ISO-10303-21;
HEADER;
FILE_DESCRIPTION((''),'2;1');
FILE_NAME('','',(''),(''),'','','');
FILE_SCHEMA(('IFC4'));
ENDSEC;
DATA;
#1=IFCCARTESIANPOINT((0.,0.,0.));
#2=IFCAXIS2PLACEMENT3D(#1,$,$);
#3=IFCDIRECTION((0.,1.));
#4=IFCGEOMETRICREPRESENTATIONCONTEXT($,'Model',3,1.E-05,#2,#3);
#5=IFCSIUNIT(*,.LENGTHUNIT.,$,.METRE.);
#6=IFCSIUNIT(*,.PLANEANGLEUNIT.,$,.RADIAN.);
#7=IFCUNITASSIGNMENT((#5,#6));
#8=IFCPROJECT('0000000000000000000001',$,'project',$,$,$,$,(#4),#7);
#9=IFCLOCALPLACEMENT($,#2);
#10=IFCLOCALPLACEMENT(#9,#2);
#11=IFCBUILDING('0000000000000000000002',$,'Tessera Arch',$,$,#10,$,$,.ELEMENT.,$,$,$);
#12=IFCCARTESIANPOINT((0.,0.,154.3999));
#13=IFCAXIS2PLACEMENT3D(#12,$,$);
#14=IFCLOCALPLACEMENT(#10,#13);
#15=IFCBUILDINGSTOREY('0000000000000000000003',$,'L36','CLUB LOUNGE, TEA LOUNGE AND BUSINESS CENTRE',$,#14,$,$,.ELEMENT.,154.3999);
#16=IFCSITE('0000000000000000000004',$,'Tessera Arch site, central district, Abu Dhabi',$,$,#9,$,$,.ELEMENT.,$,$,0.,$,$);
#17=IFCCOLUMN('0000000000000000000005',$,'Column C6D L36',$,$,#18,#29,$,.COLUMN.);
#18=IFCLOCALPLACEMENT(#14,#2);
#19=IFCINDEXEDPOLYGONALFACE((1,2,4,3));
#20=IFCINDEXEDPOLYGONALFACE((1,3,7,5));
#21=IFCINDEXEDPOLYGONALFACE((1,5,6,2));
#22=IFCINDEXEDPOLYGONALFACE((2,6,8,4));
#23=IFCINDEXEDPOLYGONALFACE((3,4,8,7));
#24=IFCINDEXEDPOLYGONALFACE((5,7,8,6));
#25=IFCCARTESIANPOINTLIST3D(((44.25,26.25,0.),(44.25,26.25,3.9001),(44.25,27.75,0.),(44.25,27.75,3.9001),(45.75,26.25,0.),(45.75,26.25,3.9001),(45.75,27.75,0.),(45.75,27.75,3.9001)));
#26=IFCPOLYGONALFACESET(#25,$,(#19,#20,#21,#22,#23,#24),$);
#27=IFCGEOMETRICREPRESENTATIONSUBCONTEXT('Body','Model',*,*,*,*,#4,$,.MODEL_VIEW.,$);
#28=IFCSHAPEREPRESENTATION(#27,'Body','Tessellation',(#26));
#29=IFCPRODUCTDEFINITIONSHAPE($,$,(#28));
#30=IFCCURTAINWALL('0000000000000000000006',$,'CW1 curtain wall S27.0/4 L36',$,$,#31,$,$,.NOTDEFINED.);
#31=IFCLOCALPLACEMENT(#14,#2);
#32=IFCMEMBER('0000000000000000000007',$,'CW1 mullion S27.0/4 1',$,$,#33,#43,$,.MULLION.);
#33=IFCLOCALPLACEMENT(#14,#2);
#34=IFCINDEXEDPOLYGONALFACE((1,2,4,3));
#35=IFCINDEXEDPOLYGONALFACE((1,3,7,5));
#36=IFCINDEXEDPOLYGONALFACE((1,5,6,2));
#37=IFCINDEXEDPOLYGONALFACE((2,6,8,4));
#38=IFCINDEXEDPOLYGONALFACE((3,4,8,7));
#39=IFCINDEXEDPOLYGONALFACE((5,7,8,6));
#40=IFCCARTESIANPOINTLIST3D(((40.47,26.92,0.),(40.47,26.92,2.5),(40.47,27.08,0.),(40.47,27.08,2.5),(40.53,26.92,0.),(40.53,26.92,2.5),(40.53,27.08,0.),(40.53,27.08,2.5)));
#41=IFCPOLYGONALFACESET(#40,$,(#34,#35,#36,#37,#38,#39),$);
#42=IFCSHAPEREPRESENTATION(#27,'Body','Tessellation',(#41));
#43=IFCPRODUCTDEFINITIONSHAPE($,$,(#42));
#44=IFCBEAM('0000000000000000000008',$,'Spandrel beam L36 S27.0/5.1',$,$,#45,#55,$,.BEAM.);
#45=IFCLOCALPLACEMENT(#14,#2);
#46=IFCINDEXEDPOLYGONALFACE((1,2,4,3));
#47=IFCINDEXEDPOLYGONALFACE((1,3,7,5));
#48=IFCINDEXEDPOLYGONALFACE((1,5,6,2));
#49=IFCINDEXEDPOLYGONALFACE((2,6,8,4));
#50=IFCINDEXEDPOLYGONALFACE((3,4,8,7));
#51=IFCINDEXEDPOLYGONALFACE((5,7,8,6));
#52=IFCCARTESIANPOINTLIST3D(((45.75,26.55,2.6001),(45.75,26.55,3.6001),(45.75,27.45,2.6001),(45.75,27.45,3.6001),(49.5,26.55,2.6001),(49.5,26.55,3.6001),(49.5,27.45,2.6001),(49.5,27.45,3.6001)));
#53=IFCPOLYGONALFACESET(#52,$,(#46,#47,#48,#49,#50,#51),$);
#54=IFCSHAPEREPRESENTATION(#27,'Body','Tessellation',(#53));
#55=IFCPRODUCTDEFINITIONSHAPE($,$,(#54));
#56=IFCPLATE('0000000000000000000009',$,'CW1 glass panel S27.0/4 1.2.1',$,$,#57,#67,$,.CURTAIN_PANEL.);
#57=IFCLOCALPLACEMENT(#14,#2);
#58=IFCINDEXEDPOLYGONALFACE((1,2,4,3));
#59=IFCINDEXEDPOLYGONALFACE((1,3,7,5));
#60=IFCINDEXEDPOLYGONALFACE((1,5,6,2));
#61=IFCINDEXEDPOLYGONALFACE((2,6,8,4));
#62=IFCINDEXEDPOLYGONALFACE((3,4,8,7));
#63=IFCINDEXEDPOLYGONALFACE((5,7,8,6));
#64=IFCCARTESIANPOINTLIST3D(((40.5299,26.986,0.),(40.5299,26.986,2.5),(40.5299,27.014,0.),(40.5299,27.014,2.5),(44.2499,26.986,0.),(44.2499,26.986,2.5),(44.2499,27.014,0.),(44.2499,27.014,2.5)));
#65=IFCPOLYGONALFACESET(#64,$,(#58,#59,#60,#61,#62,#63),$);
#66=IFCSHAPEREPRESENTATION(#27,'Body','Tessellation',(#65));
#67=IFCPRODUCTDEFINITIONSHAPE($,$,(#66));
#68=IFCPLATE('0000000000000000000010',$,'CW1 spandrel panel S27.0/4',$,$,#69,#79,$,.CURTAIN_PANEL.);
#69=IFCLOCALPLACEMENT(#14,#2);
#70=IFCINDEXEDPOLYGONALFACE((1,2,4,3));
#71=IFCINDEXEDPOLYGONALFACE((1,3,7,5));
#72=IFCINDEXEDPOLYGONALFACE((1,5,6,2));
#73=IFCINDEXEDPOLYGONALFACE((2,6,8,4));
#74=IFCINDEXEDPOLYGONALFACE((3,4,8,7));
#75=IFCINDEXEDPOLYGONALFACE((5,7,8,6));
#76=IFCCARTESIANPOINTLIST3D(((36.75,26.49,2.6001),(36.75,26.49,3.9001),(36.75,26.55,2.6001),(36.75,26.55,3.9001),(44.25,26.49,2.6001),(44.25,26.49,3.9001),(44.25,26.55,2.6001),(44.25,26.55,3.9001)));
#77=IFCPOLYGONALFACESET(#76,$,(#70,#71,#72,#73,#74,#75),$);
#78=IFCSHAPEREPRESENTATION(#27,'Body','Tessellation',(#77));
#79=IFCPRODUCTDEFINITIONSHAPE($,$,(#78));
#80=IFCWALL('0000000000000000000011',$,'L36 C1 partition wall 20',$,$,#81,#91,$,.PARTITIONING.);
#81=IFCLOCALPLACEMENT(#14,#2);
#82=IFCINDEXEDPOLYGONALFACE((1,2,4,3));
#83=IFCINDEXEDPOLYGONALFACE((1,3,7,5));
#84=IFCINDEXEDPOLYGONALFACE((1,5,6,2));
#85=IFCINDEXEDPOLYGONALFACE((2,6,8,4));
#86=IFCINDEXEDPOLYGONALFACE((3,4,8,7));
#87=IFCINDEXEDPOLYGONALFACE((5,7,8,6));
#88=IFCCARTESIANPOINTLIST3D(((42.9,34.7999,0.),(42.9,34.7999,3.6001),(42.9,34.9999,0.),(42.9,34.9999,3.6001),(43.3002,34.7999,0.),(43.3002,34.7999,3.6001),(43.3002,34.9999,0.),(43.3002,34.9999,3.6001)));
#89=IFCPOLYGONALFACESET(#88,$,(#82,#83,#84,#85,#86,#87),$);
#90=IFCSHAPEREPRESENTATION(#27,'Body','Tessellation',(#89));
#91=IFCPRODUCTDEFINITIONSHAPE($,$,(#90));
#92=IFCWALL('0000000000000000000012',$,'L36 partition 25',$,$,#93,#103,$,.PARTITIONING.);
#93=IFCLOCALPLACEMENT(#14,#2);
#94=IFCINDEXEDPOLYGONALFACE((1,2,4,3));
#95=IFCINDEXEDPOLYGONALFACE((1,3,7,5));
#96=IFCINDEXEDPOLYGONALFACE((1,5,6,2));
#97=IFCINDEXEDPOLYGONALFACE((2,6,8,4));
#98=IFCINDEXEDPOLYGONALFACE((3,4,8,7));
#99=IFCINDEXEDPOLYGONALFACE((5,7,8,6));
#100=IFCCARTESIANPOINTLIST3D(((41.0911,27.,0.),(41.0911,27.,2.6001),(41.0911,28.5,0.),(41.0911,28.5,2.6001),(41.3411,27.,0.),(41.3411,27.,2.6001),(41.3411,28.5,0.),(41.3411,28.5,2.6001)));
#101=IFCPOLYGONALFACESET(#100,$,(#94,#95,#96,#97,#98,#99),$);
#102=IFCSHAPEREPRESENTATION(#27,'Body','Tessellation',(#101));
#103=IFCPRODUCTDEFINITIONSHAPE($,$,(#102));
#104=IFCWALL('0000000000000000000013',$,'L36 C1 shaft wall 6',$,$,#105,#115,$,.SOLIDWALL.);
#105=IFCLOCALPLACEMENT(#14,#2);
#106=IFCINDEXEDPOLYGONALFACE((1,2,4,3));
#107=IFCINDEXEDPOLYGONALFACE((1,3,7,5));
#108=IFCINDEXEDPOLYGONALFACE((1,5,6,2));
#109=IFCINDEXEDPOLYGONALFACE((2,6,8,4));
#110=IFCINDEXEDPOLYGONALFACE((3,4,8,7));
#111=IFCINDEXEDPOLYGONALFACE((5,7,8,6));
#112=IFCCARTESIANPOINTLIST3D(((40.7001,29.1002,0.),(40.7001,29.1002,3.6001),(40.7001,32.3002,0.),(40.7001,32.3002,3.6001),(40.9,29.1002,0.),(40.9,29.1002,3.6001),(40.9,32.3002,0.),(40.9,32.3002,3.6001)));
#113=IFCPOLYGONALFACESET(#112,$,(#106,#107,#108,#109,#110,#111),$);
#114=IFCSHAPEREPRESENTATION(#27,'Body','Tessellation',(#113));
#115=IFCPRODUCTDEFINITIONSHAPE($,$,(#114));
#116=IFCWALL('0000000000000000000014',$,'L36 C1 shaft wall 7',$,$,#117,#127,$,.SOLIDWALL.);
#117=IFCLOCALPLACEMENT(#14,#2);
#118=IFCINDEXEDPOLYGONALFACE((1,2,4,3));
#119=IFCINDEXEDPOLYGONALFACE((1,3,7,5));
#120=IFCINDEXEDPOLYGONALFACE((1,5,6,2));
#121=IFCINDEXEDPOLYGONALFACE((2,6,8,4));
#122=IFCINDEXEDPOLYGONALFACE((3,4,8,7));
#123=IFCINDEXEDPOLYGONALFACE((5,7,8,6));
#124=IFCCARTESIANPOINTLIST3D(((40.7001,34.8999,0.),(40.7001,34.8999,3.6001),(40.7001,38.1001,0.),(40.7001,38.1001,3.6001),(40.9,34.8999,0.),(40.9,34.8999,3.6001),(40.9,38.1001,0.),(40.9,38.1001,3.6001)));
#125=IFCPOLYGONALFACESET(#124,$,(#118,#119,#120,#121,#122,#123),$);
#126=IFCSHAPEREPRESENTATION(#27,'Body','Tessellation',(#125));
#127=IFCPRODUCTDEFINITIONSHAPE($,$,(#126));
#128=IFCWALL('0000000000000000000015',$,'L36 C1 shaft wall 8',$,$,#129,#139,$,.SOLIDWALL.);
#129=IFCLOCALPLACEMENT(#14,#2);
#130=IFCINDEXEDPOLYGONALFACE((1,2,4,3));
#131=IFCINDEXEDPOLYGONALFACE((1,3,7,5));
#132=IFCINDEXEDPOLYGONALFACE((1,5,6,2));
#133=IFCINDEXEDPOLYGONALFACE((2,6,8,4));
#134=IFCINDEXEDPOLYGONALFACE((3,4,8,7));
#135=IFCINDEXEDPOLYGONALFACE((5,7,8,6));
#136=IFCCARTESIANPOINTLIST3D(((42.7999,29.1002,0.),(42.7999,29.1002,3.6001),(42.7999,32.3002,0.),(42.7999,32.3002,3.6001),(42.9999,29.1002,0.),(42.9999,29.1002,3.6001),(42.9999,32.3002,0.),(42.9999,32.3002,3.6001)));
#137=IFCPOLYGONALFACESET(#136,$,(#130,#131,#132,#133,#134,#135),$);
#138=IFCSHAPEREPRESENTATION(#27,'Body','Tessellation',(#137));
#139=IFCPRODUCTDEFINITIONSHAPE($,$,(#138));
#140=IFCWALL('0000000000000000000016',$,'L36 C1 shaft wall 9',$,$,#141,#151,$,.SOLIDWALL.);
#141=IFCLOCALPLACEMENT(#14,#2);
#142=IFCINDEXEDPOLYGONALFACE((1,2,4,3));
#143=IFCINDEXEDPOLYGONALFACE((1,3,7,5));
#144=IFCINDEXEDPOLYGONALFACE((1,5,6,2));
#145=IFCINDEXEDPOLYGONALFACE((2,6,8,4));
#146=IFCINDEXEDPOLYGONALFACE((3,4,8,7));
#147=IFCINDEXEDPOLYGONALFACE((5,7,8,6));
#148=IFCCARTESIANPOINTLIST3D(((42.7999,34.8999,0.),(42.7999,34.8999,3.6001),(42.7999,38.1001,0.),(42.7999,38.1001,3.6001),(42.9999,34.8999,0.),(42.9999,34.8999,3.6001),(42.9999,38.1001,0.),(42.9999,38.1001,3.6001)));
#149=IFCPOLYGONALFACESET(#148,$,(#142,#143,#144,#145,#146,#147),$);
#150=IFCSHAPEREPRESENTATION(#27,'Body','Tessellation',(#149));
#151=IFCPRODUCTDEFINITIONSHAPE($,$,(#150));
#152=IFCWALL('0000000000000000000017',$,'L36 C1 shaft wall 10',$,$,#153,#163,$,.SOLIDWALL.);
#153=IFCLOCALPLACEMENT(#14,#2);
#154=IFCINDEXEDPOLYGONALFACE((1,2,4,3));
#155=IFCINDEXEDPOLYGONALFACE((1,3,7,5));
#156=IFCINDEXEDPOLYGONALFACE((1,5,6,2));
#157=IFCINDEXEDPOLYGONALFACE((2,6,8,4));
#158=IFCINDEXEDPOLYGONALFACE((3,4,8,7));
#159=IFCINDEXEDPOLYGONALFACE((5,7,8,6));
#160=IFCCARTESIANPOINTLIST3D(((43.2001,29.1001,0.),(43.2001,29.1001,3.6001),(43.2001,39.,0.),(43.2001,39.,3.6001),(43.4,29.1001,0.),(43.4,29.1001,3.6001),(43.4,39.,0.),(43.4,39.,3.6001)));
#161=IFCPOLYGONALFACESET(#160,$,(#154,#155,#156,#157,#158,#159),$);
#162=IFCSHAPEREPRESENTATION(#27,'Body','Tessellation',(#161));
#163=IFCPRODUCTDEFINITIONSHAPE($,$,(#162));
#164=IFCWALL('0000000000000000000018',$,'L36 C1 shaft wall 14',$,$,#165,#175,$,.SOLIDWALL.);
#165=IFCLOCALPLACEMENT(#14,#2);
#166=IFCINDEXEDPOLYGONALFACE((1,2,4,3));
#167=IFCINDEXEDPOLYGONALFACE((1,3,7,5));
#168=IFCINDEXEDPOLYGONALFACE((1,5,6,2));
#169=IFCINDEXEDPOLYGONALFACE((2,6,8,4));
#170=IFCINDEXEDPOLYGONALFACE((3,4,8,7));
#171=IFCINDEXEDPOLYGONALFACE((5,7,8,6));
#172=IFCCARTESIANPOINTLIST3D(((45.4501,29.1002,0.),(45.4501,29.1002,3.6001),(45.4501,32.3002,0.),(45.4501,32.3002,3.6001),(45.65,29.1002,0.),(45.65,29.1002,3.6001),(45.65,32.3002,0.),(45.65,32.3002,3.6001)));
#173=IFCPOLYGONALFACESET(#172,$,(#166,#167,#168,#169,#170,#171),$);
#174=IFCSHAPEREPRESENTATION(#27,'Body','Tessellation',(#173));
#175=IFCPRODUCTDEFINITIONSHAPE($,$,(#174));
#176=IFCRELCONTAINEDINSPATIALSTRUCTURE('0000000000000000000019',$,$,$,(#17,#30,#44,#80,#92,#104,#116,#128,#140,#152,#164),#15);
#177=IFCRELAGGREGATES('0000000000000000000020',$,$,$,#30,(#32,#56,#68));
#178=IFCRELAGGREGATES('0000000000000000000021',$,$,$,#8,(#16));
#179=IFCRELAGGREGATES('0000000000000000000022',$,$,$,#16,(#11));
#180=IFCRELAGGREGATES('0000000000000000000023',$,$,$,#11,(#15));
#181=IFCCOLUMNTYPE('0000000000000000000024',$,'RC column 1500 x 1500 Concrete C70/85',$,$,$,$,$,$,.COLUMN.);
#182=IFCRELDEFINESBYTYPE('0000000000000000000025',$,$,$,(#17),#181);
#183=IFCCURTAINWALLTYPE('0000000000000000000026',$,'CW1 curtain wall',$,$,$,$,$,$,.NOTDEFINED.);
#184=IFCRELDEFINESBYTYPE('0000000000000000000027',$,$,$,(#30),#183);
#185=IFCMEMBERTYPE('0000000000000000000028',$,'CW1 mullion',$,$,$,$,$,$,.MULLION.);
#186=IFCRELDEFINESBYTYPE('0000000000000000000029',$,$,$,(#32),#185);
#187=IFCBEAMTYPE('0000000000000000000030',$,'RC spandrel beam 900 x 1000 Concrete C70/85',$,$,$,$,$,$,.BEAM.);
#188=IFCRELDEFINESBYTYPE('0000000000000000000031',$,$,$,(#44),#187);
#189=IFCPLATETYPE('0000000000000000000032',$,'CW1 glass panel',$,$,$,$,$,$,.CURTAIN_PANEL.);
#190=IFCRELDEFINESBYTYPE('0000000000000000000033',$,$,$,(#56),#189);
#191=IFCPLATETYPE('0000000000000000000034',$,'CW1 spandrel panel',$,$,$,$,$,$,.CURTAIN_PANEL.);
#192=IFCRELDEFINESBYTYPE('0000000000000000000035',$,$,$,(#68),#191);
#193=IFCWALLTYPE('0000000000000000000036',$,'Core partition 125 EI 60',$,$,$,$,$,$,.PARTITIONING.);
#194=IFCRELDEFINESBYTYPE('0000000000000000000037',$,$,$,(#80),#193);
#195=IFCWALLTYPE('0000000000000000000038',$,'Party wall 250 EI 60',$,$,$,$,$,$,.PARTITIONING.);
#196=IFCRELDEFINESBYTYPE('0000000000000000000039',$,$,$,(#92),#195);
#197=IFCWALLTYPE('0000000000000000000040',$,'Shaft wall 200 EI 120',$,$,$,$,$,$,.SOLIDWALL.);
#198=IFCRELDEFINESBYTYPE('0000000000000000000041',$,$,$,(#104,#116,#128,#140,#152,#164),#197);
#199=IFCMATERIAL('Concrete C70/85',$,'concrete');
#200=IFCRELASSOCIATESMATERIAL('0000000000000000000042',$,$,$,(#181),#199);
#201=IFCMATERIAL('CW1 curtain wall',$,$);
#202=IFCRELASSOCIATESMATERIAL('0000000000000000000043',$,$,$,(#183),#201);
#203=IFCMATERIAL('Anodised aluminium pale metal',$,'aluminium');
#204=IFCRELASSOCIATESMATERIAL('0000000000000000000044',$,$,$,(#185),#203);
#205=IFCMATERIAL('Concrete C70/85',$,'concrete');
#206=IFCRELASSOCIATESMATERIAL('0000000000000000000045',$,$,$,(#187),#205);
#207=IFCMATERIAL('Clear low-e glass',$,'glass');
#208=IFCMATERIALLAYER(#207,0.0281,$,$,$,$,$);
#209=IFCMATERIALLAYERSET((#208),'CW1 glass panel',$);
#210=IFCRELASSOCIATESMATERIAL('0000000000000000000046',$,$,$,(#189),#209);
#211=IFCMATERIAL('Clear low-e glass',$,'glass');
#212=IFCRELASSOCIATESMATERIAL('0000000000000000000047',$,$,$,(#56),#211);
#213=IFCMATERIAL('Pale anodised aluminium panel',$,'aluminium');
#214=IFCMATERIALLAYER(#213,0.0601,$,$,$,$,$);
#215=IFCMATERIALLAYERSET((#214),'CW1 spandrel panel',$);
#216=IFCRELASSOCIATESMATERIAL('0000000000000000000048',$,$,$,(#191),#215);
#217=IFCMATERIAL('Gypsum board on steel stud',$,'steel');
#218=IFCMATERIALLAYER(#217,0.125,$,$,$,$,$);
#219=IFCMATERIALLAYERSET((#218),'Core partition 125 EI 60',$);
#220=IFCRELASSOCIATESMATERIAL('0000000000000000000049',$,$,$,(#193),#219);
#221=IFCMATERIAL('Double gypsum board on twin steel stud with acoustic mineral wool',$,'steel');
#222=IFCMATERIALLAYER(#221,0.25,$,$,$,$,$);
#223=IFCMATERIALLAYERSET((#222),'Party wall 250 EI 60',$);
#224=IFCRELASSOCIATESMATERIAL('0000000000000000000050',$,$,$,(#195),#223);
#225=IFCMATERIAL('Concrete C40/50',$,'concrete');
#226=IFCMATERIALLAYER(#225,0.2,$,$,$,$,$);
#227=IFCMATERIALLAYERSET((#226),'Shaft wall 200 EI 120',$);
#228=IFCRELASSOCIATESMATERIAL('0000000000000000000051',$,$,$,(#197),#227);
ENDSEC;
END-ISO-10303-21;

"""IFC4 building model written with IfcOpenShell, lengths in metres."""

from ifc_helpers import new_model, si_unit, direction, frame, frame_2d, origin, origin_2d, place, context, subcontext, project, spatial, rectangle, extrude, material, layer, layer_set, material_profile, profile_set, type_object, element, aggregate, save


model = new_model("IFC4")

# Units and contexts
model_context = context("Model", 3, precision=1e-05, world=origin(), true_north=direction((0.0, 1.0)))
body_context = subcontext(model_context, "Body", "Model", "MODEL_VIEW")
ifc_project = project(units=[si_unit("LENGTHUNIT", "METRE"), si_unit("PLANEANGLEUNIT", "RADIAN")], contexts=[model_context])

# Site, building, storey
site_placement = place(None, origin())
site = spatial("IfcSite", under=ifc_project, at=site_placement, Name="Tessera Arch site, central district, Abu Dhabi", CompositionType="ELEMENT", RefElevation=0.0)
building_placement = place(site_placement, origin())
building = spatial("IfcBuilding", under=site, at=building_placement, Name="Tessera Arch", CompositionType="ELEMENT")
storey_placement = place(building_placement, frame((0.0, 0.0, 154.3999)))
storey = spatial("IfcBuildingStorey", under=building, at=storey_placement, Name="L36", Description="CLUB LOUNGE, TEA LOUNGE AND BUSINESS CENTRE", CompositionType="ELEMENT", Elevation=154.3999)

# Column
ifc_material_1 = material(Name="Concrete C70/85", Category="concrete")
ifc_material_profile_1 = material_profile(ifc_material_1, rectangle(XDim=1.5, YDim=1.5, at=origin_2d()), Name="RC column 1500 x 1500 Concrete C70/85")
ifc_profile_set_1 = profile_set([ifc_material_profile_1], Name="Concrete C70/85")
column_type = type_object("IfcColumnType", Name="RC column 1500 x 1500 Concrete C70/85", PredefinedType="COLUMN", material=ifc_profile_set_1)
column_placement = place(storey_placement, frame((45.0, 27.0, 0.0), z_axis=(0.0, 0.0, 1.0), x_axis=(1.0, 0.0, 0.0)))
element("IfcColumn", 1, at=column_placement, inside=storey, type_object=column_type, Name="Column C6D L36", PredefinedType="COLUMN", context=body_context, shape_type="SweptSolid", body=[
    extrude(rectangle(XDim=1.5, YDim=1.5, at=origin_2d()), origin(), (0.0, 0.0, 1.0), 3.9001),
])

# Curtain wall, member
ifc_material_2 = material(Name="CW1 curtain wall")
curtain_wall_type = type_object("IfcCurtainWallType", Name="CW1 curtain wall", PredefinedType="NOTDEFINED", material=ifc_material_2)
curtain_wall_placement = place(storey_placement, origin())
curtain_wall = element("IfcCurtainWall", 2, at=curtain_wall_placement, inside=storey, type_object=curtain_wall_type, Name="CW1 curtain wall S27.0/4 L36", PredefinedType="NOTDEFINED")
ifc_material_3 = material(Name="Anodised aluminium pale metal", Category="aluminium")
ifc_material_profile_2 = material_profile(ifc_material_3, rectangle(XDim=0.1599, YDim=0.0601, at=origin_2d()), Name="AL 60x160")
ifc_profile_set_2 = profile_set([ifc_material_profile_2], Name="Anodised aluminium pale metal")
member_type = type_object("IfcMemberType", Name="CW1 mullion", PredefinedType="MULLION", material=ifc_profile_set_2)
member_placement = place(storey_placement, frame((40.5, 27.0, 0.0), z_axis=(0.0, 0.0, 1.0), x_axis=(0.0, 1.0, 0.0)))
member = element("IfcMember", 3, at=member_placement, type_object=member_type, Name="CW1 mullion S27.0/4 1", PredefinedType="MULLION", context=body_context, shape_type="SweptSolid", body=[
    extrude(rectangle(XDim=0.1599, YDim=0.0601, at=origin_2d()), origin(), (0.0, 0.0, 1.0), 2.5),
])

# Beam
ifc_material_4 = material(Name="Concrete C70/85", Category="concrete")
ifc_material_profile_3 = material_profile(ifc_material_4, rectangle(XDim=0.8999, YDim=1.0, at=origin_2d()), Name="RC spandrel beam 900 x 1000 Concrete C70/85")
ifc_profile_set_3 = profile_set([ifc_material_profile_3], Name="Concrete C70/85")
beam_type = type_object("IfcBeamType", Name="RC spandrel beam 900 x 1000 Concrete C70/85", PredefinedType="BEAM", material=ifc_profile_set_3)
beam_placement = place(storey_placement, frame((45.75, 27.0, 3.1001), z_axis=(1.0, 0.0, 0.0), x_axis=(0.0, 1.0, 0.0)))
element("IfcBeam", 4, at=beam_placement, inside=storey, type_object=beam_type, Name="Spandrel beam L36 S27.0/5.1", PredefinedType="BEAM", context=body_context, shape_type="SweptSolid", body=[
    extrude(rectangle(XDim=0.8999, YDim=1.0, at=origin_2d()), origin(), (0.0, 0.0, 1.0), 3.75),
])

# Plates
ifc_material_5 = material(Name="Clear low-e glass", Category="glass")
ifc_material_6 = material(Name="Clear low-e glass", Category="glass")
ifc_layer_1 = layer(ifc_material_6, 0.0281)
ifc_layer_set_1 = layer_set([ifc_layer_1], Name="CW1 glass panel")
plate_type_1 = type_object("IfcPlateType", Name="CW1 glass panel", PredefinedType="CURTAIN_PANEL", material=ifc_layer_set_1)
plate_1_placement = place(storey_placement, frame((42.3899, 27.0, 0.0), z_axis=(0.0, 0.0, 1.0), x_axis=(1.0, 0.0, 0.0)))
plate_1 = element("IfcPlate", 5, at=plate_1_placement, type_object=plate_type_1, material=ifc_material_5, Name="CW1 glass panel S27.0/4 1.2.1", PredefinedType="CURTAIN_PANEL", context=body_context, shape_type="SweptSolid", body=[
    extrude(rectangle(XDim=3.72, YDim=0.0281, at=origin_2d()), origin(), (0.0, 0.0, 1.0), 2.5),
])
ifc_material_7 = material(Name="Pale anodised aluminium panel", Category="aluminium")
ifc_layer_2 = layer(ifc_material_7, 0.0601)
ifc_layer_set_2 = layer_set([ifc_layer_2], Name="CW1 spandrel panel")
plate_type_2 = type_object("IfcPlateType", Name="CW1 spandrel panel", PredefinedType="CURTAIN_PANEL", material=ifc_layer_set_2)
plate_2_placement = place(storey_placement, frame((40.5, 26.52, 2.6001), z_axis=(0.0, 0.0, 1.0), x_axis=(1.0, 0.0, 0.0)))
plate_2 = element("IfcPlate", 6, at=plate_2_placement, type_object=plate_type_2, Name="CW1 spandrel panel S27.0/4", PredefinedType="CURTAIN_PANEL", context=body_context, shape_type="SweptSolid", body=[
    extrude(rectangle(XDim=7.5, YDim=0.0601, at=origin_2d()), origin(), (0.0, 0.0, 1.0), 1.3),
])
aggregate(curtain_wall, [member, plate_1, plate_2])

# Walls
ifc_material_8 = material(Name="Gypsum board on steel stud", Category="steel")
ifc_layer_3 = layer(ifc_material_8, 0.125)
ifc_layer_set_3 = layer_set([ifc_layer_3], Name="Core partition 125 EI 60")
wall_type_1 = type_object("IfcWallType", Name="Core partition 125 EI 60", PredefinedType="PARTITIONING", material=ifc_layer_set_3)
wall_1_placement = place(storey_placement, frame((42.8999, 34.8999, 0.0), z_axis=(0.0, 0.0, 1.0), x_axis=(1.0, 0.0, 0.0)))
element("IfcWall", 7, at=wall_1_placement, inside=storey, type_object=wall_type_1, Name="L36 C1 partition wall 20", PredefinedType="PARTITIONING", context=body_context, shape_type="SweptSolid", body=[
    extrude(rectangle(XDim=0.4001, YDim=0.2, at=frame_2d((0.2002, 0.0))), origin(), (0.0, 0.0, 1.0), 3.6001),
])
ifc_material_9 = material(Name="Double gypsum board on twin steel stud with acoustic mineral wool", Category="steel")
ifc_layer_4 = layer(ifc_material_9, 0.25)
ifc_layer_set_4 = layer_set([ifc_layer_4], Name="Party wall 250 EI 60")
wall_type_2 = type_object("IfcWallType", Name="Party wall 250 EI 60", PredefinedType="PARTITIONING", material=ifc_layer_set_4)
wall_2_placement = place(storey_placement, frame((41.2161, 27.0, 0.0), z_axis=(0.0, 0.0, 1.0), x_axis=(0.0, 1.0, 0.0)))
element("IfcWall", 8, at=wall_2_placement, inside=storey, type_object=wall_type_2, Name="L36 partition 25", PredefinedType="PARTITIONING", context=body_context, shape_type="SweptSolid", body=[
    extrude(rectangle(XDim=1.5, YDim=0.25, at=frame_2d((0.75, 0.0))), origin(), (0.0, 0.0, 1.0), 2.6001),
])
ifc_material_10 = material(Name="Concrete C40/50", Category="concrete")
ifc_layer_5 = layer(ifc_material_10, 0.2)
ifc_layer_set_5 = layer_set([ifc_layer_5], Name="Shaft wall 200 EI 120")
wall_type_3 = type_object("IfcWallType", Name="Shaft wall 200 EI 120", PredefinedType="SOLIDWALL", material=ifc_layer_set_5)
wall_3_placement = place(storey_placement, frame((40.8, 29.1001, 0.0), z_axis=(0.0, 0.0, 1.0), x_axis=(0.0, 1.0, 0.0)))
element("IfcWall", 9, at=wall_3_placement, inside=storey, type_object=wall_type_3, Name="L36 C1 shaft wall 6", PredefinedType="SOLIDWALL", context=body_context, shape_type="SweptSolid", body=[
    extrude(rectangle(XDim=3.2, YDim=0.2, at=frame_2d((1.6001, 0.0))), origin(), (0.0, 0.0, 1.0), 3.6001),
])
wall_4_placement = place(storey_placement, frame((40.8, 34.8999, 0.0), z_axis=(0.0, 0.0, 1.0), x_axis=(0.0, 1.0, 0.0)))
element("IfcWall", 10, at=wall_4_placement, inside=storey, type_object=wall_type_3, Name="L36 C1 shaft wall 7", PredefinedType="SOLIDWALL", context=body_context, shape_type="SweptSolid", body=[
    extrude(rectangle(XDim=3.2002, YDim=0.2, at=frame_2d((1.6001, 0.0))), origin(), (0.0, 0.0, 1.0), 3.6001),
])
wall_5_placement = place(storey_placement, frame((42.8999, 29.1001, 0.0), z_axis=(0.0, 0.0, 1.0), x_axis=(0.0, 1.0, 0.0)))
element("IfcWall", 11, at=wall_5_placement, inside=storey, type_object=wall_type_3, Name="L36 C1 shaft wall 8", PredefinedType="SOLIDWALL", context=body_context, shape_type="SweptSolid", body=[
    extrude(rectangle(XDim=3.2, YDim=0.2, at=frame_2d((1.6001, 0.0))), origin(), (0.0, 0.0, 1.0), 3.6001),
])
wall_6_placement = place(storey_placement, frame((42.8999, 34.8999, 0.0), z_axis=(0.0, 0.0, 1.0), x_axis=(0.0, 1.0, 0.0)))
element("IfcWall", 12, at=wall_6_placement, inside=storey, type_object=wall_type_3, Name="L36 C1 shaft wall 9", PredefinedType="SOLIDWALL", context=body_context, shape_type="SweptSolid", body=[
    extrude(rectangle(XDim=3.2002, YDim=0.2, at=frame_2d((1.6001, 0.0))), origin(), (0.0, 0.0, 1.0), 3.6001),
])
wall_7_placement = place(storey_placement, frame((43.3, 29.1001, 0.0), z_axis=(0.0, 0.0, 1.0), x_axis=(0.0, 1.0, 0.0)))
element("IfcWall", 13, at=wall_7_placement, inside=storey, type_object=wall_type_3, Name="L36 C1 shaft wall 10", PredefinedType="SOLIDWALL", context=body_context, shape_type="SweptSolid", body=[
    extrude(rectangle(XDim=9.8999, YDim=0.2, at=frame_2d((4.95, 0.0))), origin(), (0.0, 0.0, 1.0), 3.6001),
])
for number, where, z_axis, x_axis, name in (
    (14, (45.55, 29.1001, 0.0), (0.0, 0.0, 1.0), (0.0, 1.0, 0.0), "L36 C1 shaft wall 14"),
):
    element("IfcWall", number, at=place(storey_placement, frame(where, z_axis=z_axis, x_axis=x_axis)), inside=storey, type_object=wall_type_3, Name=name, PredefinedType="SOLIDWALL", context=body_context, shape_type="SweptSolid", body=[
        extrude(rectangle(XDim=3.2, YDim=0.2, at=frame_2d((1.6001, 0.0))), origin(), (0.0, 0.0, 1.0), 3.6001),
    ])

save(model, "model.ifc")
